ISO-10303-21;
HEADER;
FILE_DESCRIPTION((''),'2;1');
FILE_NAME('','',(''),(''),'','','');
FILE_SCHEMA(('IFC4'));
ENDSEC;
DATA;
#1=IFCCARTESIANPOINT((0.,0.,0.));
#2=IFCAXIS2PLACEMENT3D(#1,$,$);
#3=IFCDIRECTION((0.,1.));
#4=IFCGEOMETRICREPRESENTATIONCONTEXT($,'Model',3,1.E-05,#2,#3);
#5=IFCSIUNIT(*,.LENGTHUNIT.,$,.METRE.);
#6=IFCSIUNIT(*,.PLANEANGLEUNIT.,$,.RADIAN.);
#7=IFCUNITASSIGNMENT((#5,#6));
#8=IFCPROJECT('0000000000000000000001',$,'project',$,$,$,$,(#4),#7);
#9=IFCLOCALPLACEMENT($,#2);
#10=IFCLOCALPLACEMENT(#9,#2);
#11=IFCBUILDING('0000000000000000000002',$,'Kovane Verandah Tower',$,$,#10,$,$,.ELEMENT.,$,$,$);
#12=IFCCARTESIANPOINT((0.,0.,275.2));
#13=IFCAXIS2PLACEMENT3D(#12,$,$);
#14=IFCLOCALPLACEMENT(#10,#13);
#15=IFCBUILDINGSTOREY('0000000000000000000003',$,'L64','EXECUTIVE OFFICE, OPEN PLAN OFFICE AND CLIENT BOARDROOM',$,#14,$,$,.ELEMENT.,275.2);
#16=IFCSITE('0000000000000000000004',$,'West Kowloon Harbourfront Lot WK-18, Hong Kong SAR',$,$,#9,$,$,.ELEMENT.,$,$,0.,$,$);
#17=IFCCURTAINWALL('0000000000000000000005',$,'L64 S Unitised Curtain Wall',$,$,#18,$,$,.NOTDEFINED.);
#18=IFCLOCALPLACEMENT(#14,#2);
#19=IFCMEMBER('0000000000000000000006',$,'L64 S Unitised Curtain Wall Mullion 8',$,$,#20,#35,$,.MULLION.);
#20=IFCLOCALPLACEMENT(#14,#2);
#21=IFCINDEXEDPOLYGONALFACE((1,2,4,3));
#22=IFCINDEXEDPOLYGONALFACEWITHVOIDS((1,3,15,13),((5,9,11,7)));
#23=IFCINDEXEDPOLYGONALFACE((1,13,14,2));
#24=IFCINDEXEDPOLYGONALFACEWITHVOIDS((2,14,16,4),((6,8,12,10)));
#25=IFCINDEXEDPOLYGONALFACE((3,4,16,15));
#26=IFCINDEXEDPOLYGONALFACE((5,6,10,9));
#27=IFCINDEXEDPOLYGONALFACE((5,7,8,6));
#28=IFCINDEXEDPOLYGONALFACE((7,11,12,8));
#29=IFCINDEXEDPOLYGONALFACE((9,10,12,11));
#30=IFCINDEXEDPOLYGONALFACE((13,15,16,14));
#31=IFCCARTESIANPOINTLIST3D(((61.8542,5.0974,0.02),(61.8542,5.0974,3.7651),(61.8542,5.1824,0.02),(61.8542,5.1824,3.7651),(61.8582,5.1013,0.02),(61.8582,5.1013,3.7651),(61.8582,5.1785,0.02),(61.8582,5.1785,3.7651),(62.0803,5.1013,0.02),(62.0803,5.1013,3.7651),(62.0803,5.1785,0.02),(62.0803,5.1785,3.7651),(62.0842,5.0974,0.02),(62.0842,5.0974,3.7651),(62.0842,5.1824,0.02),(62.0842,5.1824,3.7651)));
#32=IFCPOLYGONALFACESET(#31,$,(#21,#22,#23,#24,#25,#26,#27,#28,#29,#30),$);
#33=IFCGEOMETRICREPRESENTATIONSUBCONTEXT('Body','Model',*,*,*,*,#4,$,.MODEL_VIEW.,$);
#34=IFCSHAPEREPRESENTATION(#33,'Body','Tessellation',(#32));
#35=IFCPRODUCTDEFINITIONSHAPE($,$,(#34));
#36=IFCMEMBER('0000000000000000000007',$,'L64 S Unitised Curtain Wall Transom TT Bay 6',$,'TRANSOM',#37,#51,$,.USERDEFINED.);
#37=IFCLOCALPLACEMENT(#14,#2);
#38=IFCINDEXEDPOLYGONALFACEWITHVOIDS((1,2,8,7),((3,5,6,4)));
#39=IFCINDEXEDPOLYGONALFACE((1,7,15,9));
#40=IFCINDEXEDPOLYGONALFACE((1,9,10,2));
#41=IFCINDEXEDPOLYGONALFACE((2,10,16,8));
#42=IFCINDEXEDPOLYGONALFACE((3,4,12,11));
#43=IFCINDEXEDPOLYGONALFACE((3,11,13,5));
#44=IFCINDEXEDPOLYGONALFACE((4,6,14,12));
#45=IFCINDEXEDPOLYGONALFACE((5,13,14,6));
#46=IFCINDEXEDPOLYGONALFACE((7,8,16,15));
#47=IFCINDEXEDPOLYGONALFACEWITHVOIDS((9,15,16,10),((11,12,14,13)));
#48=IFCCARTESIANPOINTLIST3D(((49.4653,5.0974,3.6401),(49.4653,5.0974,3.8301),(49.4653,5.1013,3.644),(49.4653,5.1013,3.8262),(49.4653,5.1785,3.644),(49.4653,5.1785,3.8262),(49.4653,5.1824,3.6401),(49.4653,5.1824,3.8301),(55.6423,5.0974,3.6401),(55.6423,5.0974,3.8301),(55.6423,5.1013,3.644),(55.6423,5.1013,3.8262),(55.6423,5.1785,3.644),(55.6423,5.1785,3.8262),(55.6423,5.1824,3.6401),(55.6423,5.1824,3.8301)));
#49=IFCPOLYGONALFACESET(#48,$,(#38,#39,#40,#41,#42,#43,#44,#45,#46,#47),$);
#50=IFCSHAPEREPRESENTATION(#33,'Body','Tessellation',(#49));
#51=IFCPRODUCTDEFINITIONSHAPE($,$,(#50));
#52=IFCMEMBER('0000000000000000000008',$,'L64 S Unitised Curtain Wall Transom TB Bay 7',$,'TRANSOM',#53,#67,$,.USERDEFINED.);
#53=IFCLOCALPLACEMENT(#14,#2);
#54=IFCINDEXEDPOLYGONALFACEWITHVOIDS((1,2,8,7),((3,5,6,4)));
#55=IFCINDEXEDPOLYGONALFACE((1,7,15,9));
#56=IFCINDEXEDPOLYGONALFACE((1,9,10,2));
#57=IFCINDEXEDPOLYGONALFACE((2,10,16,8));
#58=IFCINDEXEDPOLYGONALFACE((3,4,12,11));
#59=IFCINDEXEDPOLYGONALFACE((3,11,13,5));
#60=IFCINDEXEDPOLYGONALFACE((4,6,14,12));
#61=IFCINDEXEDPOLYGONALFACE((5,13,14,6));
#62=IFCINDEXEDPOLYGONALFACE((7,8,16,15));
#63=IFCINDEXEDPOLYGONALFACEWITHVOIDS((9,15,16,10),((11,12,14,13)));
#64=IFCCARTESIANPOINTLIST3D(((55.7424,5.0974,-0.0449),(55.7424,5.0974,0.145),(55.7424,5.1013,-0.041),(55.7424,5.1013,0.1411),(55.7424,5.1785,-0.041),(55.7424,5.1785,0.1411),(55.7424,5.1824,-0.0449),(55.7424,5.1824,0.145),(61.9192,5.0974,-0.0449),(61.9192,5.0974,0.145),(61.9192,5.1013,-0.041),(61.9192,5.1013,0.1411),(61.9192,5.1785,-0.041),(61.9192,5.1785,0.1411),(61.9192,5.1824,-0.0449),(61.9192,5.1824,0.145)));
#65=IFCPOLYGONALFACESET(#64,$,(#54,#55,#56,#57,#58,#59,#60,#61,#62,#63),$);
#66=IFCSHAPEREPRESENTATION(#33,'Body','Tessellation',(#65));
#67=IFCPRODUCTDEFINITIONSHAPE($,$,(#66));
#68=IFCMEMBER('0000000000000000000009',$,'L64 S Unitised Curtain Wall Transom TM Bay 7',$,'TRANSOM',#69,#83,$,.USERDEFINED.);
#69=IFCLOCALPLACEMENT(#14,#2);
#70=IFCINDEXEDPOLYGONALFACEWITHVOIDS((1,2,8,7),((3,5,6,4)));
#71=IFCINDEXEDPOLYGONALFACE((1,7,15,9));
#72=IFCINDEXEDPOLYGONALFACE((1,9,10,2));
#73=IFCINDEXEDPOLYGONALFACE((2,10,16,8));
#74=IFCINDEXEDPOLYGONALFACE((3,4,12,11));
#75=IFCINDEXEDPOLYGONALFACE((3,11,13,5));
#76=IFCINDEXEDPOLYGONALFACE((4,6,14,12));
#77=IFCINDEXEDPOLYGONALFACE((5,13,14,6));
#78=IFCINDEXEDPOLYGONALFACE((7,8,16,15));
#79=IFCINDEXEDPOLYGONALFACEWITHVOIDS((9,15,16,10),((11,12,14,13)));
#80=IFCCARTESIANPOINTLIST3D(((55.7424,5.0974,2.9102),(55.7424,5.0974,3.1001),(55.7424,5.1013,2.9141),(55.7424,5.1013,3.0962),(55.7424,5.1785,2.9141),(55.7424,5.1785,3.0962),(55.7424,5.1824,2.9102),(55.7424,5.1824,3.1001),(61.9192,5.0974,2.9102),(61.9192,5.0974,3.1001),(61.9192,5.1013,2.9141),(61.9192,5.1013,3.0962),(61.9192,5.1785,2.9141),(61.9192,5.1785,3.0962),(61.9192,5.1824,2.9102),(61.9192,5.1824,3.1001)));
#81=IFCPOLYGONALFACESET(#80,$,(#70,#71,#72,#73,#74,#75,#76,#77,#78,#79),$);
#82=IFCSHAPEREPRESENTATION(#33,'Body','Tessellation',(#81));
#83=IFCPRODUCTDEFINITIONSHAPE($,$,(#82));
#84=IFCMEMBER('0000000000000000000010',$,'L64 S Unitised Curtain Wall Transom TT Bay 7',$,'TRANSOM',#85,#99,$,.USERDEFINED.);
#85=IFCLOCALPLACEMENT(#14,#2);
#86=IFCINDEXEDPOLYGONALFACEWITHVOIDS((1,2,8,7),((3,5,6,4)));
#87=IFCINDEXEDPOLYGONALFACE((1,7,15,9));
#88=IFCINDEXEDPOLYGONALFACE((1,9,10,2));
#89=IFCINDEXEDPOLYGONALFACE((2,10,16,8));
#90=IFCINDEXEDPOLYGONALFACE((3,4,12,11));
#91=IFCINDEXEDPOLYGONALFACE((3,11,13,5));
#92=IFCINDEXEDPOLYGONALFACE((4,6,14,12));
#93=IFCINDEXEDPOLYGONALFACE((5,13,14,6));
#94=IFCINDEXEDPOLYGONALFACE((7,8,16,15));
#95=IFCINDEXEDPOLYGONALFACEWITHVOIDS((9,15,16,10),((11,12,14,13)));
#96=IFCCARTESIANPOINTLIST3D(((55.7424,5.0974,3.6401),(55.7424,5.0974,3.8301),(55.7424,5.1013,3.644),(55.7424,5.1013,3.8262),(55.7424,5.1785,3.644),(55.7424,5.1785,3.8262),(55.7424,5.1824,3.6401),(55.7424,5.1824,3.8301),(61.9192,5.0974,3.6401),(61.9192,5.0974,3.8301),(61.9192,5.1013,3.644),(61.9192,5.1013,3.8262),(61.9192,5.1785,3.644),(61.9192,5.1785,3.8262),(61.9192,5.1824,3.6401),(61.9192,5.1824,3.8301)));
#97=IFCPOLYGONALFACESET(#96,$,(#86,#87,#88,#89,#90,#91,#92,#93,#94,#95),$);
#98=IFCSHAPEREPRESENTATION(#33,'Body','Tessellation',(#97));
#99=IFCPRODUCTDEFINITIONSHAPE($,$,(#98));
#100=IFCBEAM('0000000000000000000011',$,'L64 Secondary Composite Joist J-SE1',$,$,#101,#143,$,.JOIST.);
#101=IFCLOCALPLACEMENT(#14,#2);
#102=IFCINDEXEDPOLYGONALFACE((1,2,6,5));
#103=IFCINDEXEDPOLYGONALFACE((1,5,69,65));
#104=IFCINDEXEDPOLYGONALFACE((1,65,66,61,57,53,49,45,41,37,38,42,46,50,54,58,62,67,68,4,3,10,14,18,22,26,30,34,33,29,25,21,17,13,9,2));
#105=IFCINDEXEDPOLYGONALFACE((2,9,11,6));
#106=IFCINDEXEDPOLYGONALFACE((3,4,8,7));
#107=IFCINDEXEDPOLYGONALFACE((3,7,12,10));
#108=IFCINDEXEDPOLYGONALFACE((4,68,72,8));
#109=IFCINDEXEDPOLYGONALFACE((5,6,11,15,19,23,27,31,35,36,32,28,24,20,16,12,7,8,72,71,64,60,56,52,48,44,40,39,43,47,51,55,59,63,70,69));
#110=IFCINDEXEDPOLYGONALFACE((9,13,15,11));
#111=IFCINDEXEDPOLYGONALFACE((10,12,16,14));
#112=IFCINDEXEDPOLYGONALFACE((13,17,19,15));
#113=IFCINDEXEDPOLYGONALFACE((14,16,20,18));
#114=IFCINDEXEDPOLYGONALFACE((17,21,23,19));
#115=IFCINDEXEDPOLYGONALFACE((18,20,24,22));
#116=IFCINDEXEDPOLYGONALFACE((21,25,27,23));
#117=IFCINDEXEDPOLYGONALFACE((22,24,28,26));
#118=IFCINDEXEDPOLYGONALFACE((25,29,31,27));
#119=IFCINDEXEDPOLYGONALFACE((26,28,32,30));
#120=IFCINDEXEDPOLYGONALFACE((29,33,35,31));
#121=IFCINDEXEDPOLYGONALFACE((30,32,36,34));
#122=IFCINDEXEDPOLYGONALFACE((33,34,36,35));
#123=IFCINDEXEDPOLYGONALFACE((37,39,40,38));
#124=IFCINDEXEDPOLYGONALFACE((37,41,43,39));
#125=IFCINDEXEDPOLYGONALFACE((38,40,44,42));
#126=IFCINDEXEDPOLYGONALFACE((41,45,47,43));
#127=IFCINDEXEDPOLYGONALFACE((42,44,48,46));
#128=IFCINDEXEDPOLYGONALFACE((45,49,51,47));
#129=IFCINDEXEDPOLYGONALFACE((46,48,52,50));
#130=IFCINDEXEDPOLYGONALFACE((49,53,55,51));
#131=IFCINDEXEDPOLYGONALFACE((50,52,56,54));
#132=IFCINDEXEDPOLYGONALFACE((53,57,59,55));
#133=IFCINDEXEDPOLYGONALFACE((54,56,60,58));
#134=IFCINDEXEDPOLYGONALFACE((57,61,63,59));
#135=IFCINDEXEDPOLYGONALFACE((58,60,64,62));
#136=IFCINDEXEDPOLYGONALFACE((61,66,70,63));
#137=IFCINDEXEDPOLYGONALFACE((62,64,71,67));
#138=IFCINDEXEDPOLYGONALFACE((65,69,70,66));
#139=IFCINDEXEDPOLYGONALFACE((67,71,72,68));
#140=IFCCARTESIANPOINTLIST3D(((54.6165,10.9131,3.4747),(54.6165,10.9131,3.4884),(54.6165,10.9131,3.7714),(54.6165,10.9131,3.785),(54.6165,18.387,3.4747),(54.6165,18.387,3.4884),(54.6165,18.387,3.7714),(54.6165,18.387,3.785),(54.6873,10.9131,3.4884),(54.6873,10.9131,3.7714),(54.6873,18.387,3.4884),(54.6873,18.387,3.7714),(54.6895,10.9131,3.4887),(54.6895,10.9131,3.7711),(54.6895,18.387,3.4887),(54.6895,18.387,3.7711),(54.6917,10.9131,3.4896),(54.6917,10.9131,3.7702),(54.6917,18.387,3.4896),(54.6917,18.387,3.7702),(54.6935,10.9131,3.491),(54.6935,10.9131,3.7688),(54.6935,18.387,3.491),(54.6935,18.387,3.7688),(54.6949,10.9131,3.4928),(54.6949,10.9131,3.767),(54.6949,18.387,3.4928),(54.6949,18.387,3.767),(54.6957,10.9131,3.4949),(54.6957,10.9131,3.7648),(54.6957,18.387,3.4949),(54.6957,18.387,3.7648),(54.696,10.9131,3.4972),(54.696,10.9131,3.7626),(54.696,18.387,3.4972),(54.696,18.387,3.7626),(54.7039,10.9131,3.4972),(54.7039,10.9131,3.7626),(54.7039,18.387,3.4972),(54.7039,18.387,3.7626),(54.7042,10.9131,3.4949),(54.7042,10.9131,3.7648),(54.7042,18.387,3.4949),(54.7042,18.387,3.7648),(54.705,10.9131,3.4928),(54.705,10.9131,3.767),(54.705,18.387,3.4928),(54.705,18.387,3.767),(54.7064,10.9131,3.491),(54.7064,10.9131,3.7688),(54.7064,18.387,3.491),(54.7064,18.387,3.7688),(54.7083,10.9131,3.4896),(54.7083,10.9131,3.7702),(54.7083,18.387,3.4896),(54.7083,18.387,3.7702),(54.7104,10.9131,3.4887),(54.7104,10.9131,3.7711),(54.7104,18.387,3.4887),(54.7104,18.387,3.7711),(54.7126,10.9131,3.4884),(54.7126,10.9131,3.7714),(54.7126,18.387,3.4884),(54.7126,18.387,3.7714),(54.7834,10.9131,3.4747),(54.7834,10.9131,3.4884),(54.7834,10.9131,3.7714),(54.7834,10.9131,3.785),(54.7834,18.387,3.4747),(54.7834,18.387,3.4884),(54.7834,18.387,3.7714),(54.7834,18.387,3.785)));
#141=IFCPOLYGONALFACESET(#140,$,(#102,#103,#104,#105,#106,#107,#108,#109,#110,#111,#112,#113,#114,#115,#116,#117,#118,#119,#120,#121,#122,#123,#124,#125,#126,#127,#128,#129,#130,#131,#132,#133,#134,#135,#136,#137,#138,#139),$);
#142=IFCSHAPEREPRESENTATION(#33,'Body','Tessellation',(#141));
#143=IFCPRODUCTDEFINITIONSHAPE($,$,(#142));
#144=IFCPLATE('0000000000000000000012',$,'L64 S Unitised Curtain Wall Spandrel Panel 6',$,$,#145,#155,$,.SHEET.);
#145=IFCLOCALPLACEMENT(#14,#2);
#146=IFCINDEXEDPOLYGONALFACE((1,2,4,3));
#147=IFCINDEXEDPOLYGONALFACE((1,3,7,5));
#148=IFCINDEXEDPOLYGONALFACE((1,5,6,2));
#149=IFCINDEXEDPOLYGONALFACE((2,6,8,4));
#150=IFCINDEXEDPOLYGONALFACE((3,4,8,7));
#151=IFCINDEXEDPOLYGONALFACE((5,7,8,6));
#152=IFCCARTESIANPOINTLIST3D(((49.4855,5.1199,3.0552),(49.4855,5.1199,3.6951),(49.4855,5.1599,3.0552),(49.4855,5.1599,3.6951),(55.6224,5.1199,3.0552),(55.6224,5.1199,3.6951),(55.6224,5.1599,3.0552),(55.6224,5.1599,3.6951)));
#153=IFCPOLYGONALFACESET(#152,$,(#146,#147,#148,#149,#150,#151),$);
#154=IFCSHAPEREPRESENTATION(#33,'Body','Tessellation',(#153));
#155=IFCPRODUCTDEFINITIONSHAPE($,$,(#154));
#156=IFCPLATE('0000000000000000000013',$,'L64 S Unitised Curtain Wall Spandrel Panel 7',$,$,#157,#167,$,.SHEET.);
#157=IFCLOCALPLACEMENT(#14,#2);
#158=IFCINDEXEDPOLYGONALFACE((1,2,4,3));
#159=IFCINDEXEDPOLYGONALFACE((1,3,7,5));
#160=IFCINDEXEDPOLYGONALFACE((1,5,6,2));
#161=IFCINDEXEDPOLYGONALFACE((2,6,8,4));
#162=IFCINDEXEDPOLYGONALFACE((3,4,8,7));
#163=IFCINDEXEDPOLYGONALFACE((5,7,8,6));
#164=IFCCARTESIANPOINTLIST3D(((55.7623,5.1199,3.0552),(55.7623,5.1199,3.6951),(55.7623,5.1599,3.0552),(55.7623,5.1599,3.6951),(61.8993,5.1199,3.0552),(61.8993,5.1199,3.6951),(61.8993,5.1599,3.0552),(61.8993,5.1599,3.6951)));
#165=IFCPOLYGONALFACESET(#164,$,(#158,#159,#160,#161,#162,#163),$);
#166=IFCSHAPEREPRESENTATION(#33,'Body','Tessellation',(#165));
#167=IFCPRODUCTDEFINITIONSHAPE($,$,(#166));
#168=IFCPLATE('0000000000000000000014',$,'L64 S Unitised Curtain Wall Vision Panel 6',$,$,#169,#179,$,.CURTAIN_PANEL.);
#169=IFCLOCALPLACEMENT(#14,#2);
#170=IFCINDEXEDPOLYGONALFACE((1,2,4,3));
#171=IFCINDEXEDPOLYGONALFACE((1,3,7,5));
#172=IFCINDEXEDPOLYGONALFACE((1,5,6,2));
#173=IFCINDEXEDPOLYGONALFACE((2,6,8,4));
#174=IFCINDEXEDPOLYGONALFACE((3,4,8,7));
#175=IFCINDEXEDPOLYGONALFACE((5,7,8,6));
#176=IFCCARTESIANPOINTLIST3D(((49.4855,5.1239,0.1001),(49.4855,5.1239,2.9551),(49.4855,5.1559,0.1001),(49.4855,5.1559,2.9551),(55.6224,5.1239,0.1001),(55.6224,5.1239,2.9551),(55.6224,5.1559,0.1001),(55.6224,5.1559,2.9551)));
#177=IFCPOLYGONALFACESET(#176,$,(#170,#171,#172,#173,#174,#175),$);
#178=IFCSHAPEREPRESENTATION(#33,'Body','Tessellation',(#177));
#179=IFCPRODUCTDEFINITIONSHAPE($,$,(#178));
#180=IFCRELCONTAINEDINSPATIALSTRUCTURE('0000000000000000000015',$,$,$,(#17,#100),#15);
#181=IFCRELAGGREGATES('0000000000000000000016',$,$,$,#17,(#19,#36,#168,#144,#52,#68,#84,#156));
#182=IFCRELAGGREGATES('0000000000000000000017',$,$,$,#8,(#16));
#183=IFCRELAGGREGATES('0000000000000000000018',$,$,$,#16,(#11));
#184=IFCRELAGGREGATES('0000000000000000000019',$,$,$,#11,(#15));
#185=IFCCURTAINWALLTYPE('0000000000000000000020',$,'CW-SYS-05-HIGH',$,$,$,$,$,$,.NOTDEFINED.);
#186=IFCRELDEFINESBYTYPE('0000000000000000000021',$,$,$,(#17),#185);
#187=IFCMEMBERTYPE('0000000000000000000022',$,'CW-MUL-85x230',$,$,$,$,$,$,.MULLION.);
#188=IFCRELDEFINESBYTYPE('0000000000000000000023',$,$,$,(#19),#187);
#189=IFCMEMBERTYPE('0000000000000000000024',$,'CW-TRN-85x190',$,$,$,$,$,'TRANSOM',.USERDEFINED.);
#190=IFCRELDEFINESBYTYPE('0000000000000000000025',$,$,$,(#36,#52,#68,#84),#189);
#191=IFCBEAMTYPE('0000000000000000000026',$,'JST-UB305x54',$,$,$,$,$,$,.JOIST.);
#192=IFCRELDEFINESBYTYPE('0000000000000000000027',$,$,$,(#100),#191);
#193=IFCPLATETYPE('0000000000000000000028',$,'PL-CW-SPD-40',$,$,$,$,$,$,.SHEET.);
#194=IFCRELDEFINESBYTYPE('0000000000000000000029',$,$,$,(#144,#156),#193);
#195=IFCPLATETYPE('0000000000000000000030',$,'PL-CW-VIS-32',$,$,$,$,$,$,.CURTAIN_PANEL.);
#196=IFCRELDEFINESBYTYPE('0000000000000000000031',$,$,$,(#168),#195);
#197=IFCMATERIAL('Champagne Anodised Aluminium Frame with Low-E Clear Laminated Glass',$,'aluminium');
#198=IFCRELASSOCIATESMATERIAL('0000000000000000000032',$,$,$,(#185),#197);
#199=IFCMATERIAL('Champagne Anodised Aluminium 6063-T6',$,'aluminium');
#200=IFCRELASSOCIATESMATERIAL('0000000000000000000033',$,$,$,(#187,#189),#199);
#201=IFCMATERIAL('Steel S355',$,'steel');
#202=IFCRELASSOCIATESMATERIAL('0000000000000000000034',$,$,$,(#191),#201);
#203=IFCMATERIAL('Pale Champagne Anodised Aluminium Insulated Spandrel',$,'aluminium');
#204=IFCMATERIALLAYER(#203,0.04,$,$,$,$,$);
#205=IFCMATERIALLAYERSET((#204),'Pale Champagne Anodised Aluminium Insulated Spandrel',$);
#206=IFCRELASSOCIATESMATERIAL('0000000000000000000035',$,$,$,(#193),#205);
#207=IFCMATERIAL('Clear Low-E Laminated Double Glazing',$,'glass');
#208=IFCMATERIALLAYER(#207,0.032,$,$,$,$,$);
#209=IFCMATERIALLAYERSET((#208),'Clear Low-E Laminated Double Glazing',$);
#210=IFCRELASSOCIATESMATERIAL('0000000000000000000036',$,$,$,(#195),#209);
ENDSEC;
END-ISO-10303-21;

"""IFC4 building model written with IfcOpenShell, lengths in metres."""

from ifc_helpers import new_model, si_unit, direction, frame, origin, origin_2d, place, context, subcontext, project, spatial, rectangle, hollow_rectangle, i_section, extrude, material, layer, layer_set, material_profile, profile_set, type_object, element, aggregate, save


model = new_model("IFC4")

# Units and contexts
model_context = context("Model", 3, precision=1e-05, world=origin(), true_north=direction((0.0, 1.0)))
body_context = subcontext(model_context, "Body", "Model", "MODEL_VIEW")
ifc_project = project(units=[si_unit("LENGTHUNIT", "METRE"), si_unit("PLANEANGLEUNIT", "RADIAN")], contexts=[model_context])

# Site, building, storey
site_placement = place(None, origin())
site = spatial("IfcSite", under=ifc_project, at=site_placement, Name="West Kowloon Harbourfront Lot WK-18, Hong Kong SAR", CompositionType="ELEMENT", RefElevation=0.0)
building_placement = place(site_placement, origin())
building = spatial("IfcBuilding", under=site, at=building_placement, Name="Kovane Verandah Tower", CompositionType="ELEMENT")
storey_placement = place(building_placement, frame((0.0, 0.0, 275.2)))
storey = spatial("IfcBuildingStorey", under=building, at=storey_placement, Name="L64", Description="EXECUTIVE OFFICE, OPEN PLAN OFFICE AND CLIENT BOARDROOM", CompositionType="ELEMENT", Elevation=275.2)

# Shared definitions
ifc_material_1 = material(Name="Steel S355", Category="steel")

# Curtain wall, members
ifc_material_2 = material(Name="Champagne Anodised Aluminium Frame with Low-E Clear Laminated Glass", Category="aluminium")
curtain_wall_type = type_object("IfcCurtainWallType", Name="CW-SYS-05-HIGH", PredefinedType="NOTDEFINED", material=ifc_material_2)
curtain_wall_placement = place(storey_placement, origin())
curtain_wall = element("IfcCurtainWall", 1, at=curtain_wall_placement, inside=storey, type_object=curtain_wall_type, Name="L64 S Unitised Curtain Wall", PredefinedType="NOTDEFINED")
ifc_material_3 = material(Name="Champagne Anodised Aluminium 6063-T6", Category="aluminium")
ifc_material_profile_1 = material_profile(ifc_material_3, hollow_rectangle(XDim=0.085, YDim=0.23, WallThickness=0.0039, at=origin_2d()), Name="AL85x230x4")
ifc_profile_set_1 = profile_set([ifc_material_profile_1], Name="Champagne Anodised Aluminium 6063-T6")
member_type_1 = type_object("IfcMemberType", Name="CW-MUL-85x230", PredefinedType="MULLION", material=ifc_profile_set_1)
member_1_placement = place(storey_placement, frame((61.9692, 5.1399, 0.02), z_axis=(0.0, 0.0, 1.0), x_axis=(0.0, -1.0, 0.0)))
member_1 = element("IfcMember", 2, at=member_1_placement, type_object=member_type_1, Name="L64 S Unitised Curtain Wall Mullion 8", PredefinedType="MULLION", context=body_context, shape_type="SweptSolid", body=[
    extrude(hollow_rectangle(XDim=0.085, YDim=0.23, WallThickness=0.0039, at=origin_2d()), origin(), (0.0, 0.0, 1.0), 3.7451),
])
ifc_material_profile_2 = material_profile(ifc_material_3, hollow_rectangle(XDim=0.085, YDim=0.1899, WallThickness=0.0039, at=origin_2d()), Name="AL85x190x4")
ifc_profile_set_2 = profile_set([ifc_material_profile_2], Name="Champagne Anodised Aluminium 6063-T6")
member_type_2 = type_object("IfcMemberType", Name="CW-TRN-85x190", ElementType="TRANSOM", PredefinedType="USERDEFINED", material=ifc_profile_set_2)
member_2_placement = place(storey_placement, frame((49.4653, 5.1399, 3.7351), z_axis=(1.0, 0.0, 0.0), x_axis=(0.0, 1.0, 0.0)))
member_2 = element("IfcMember", 3, at=member_2_placement, type_object=member_type_2, Name="L64 S Unitised Curtain Wall Transom TT Bay 6", ObjectType="TRANSOM", PredefinedType="USERDEFINED", context=body_context, shape_type="SweptSolid", body=[
    extrude(hollow_rectangle(XDim=0.085, YDim=0.1899, WallThickness=0.0039, at=origin_2d()), origin(), (0.0, 0.0, 1.0), 6.177),
])
member_3_placement = place(storey_placement, frame((55.7424, 5.1399, 0.05), z_axis=(1.0, 0.0, 0.0), x_axis=(0.0, 1.0, 0.0)))
member_3 = element("IfcMember", 4, at=member_3_placement, type_object=member_type_2, Name="L64 S Unitised Curtain Wall Transom TB Bay 7", ObjectType="TRANSOM", PredefinedType="USERDEFINED", context=body_context, shape_type="SweptSolid", body=[
    extrude(hollow_rectangle(XDim=0.085, YDim=0.1899, WallThickness=0.0039, at=origin_2d()), origin(), (0.0, 0.0, 1.0), 6.1768),
])
member_4_placement = place(storey_placement, frame((55.7424, 5.1399, 3.0051), z_axis=(1.0, 0.0, 0.0), x_axis=(0.0, 1.0, 0.0)))
member_4 = element("IfcMember", 5, at=member_4_placement, type_object=member_type_2, Name="L64 S Unitised Curtain Wall Transom TM Bay 7", ObjectType="TRANSOM", PredefinedType="USERDEFINED", context=body_context, shape_type="SweptSolid", body=[
    extrude(hollow_rectangle(XDim=0.085, YDim=0.1899, WallThickness=0.0039, at=origin_2d()), origin(), (0.0, 0.0, 1.0), 6.1768),
])
member_5_placement = place(storey_placement, frame((55.7424, 5.1399, 3.7351), z_axis=(1.0, 0.0, 0.0), x_axis=(0.0, 1.0, 0.0)))
member_5 = element("IfcMember", 6, at=member_5_placement, type_object=member_type_2, Name="L64 S Unitised Curtain Wall Transom TT Bay 7", ObjectType="TRANSOM", PredefinedType="USERDEFINED", context=body_context, shape_type="SweptSolid", body=[
    extrude(hollow_rectangle(XDim=0.085, YDim=0.1899, WallThickness=0.0039, at=origin_2d()), origin(), (0.0, 0.0, 1.0), 6.1768),
])

# Beam
ifc_material_profile_3 = material_profile(ifc_material_1, i_section(OverallWidth=0.167, OverallDepth=0.3103, WebThickness=0.0078, FlangeThickness=0.0137, FilletRadius=0.0088, at=origin_2d()), Name="UB305x165x54")
ifc_profile_set_3 = profile_set([ifc_material_profile_3], Name="Steel S355")
beam_type_1 = type_object("IfcBeamType", Name="JST-UB305x54", PredefinedType="JOIST", material=ifc_profile_set_3)
beam_1_placement = place(storey_placement, frame((54.7, 10.9131, 3.6299), z_axis=(0.0, 1.0, 0.0), x_axis=(-1.0, 0.0, 0.0)))
element("IfcBeam", 7, at=beam_1_placement, inside=storey, type_object=beam_type_1, Name="L64 Secondary Composite Joist J-SE1", PredefinedType="JOIST", context=body_context, shape_type="SweptSolid", body=[
    extrude(i_section(OverallWidth=0.167, OverallDepth=0.3103, WebThickness=0.0078, FlangeThickness=0.0137, FilletRadius=0.0088, at=origin_2d()), origin(), (0.0, 0.0, 1.0), 7.4739),
])

# Plates
ifc_material_4 = material(Name="Pale Champagne Anodised Aluminium Insulated Spandrel", Category="aluminium")
ifc_layer_1 = layer(ifc_material_4, 0.04)
ifc_layer_set_1 = layer_set([ifc_layer_1], Name="Pale Champagne Anodised Aluminium Insulated Spandrel")
plate_type_1 = type_object("IfcPlateType", Name="PL-CW-SPD-40", PredefinedType="SHEET", material=ifc_layer_set_1)
plate_1_placement = place(storey_placement, frame((52.554, 5.1399, 3.0552), z_axis=(0.0, 0.0, 1.0), x_axis=(1.0, 0.0, 0.0)))
plate_1 = element("IfcPlate", 8, at=plate_1_placement, type_object=plate_type_1, Name="L64 S Unitised Curtain Wall Spandrel Panel 6", PredefinedType="SHEET", context=body_context, shape_type="SweptSolid", body=[
    extrude(rectangle(XDim=6.137, YDim=0.04, at=origin_2d()), origin(), (0.0, 0.0, 1.0), 0.6399),
])
plate_2_placement = place(storey_placement, frame((58.8308, 5.1399, 3.0552), z_axis=(0.0, 0.0, 1.0), x_axis=(1.0, 0.0, 0.0)))
plate_2 = element("IfcPlate", 9, at=plate_2_placement, type_object=plate_type_1, Name="L64 S Unitised Curtain Wall Spandrel Panel 7", PredefinedType="SHEET", context=body_context, shape_type="SweptSolid", body=[
    extrude(rectangle(XDim=6.137, YDim=0.04, at=origin_2d()), origin(), (0.0, 0.0, 1.0), 0.6399),
])
ifc_material_5 = material(Name="Clear Low-E Laminated Double Glazing", Category="glass")
ifc_layer_2 = layer(ifc_material_5, 0.032)
ifc_layer_set_2 = layer_set([ifc_layer_2], Name="Clear Low-E Laminated Double Glazing")
plate_type_2 = type_object("IfcPlateType", Name="PL-CW-VIS-32", PredefinedType="CURTAIN_PANEL", material=ifc_layer_set_2)
plate_3_placement = place(storey_placement, frame((52.554, 5.1399, 0.1001), z_axis=(0.0, 0.0, 1.0), x_axis=(1.0, 0.0, 0.0)))
plate_3 = element("IfcPlate", 10, at=plate_3_placement, type_object=plate_type_2, Name="L64 S Unitised Curtain Wall Vision Panel 6", PredefinedType="CURTAIN_PANEL", context=body_context, shape_type="SweptSolid", body=[
    extrude(rectangle(XDim=6.137, YDim=0.032, at=origin_2d()), origin(), (0.0, 0.0, 1.0), 2.855),
])
aggregate(curtain_wall, [member_1, member_2, plate_3, plate_1, member_3, member_4, member_5, plate_2])

save(model, "model.ifc")
